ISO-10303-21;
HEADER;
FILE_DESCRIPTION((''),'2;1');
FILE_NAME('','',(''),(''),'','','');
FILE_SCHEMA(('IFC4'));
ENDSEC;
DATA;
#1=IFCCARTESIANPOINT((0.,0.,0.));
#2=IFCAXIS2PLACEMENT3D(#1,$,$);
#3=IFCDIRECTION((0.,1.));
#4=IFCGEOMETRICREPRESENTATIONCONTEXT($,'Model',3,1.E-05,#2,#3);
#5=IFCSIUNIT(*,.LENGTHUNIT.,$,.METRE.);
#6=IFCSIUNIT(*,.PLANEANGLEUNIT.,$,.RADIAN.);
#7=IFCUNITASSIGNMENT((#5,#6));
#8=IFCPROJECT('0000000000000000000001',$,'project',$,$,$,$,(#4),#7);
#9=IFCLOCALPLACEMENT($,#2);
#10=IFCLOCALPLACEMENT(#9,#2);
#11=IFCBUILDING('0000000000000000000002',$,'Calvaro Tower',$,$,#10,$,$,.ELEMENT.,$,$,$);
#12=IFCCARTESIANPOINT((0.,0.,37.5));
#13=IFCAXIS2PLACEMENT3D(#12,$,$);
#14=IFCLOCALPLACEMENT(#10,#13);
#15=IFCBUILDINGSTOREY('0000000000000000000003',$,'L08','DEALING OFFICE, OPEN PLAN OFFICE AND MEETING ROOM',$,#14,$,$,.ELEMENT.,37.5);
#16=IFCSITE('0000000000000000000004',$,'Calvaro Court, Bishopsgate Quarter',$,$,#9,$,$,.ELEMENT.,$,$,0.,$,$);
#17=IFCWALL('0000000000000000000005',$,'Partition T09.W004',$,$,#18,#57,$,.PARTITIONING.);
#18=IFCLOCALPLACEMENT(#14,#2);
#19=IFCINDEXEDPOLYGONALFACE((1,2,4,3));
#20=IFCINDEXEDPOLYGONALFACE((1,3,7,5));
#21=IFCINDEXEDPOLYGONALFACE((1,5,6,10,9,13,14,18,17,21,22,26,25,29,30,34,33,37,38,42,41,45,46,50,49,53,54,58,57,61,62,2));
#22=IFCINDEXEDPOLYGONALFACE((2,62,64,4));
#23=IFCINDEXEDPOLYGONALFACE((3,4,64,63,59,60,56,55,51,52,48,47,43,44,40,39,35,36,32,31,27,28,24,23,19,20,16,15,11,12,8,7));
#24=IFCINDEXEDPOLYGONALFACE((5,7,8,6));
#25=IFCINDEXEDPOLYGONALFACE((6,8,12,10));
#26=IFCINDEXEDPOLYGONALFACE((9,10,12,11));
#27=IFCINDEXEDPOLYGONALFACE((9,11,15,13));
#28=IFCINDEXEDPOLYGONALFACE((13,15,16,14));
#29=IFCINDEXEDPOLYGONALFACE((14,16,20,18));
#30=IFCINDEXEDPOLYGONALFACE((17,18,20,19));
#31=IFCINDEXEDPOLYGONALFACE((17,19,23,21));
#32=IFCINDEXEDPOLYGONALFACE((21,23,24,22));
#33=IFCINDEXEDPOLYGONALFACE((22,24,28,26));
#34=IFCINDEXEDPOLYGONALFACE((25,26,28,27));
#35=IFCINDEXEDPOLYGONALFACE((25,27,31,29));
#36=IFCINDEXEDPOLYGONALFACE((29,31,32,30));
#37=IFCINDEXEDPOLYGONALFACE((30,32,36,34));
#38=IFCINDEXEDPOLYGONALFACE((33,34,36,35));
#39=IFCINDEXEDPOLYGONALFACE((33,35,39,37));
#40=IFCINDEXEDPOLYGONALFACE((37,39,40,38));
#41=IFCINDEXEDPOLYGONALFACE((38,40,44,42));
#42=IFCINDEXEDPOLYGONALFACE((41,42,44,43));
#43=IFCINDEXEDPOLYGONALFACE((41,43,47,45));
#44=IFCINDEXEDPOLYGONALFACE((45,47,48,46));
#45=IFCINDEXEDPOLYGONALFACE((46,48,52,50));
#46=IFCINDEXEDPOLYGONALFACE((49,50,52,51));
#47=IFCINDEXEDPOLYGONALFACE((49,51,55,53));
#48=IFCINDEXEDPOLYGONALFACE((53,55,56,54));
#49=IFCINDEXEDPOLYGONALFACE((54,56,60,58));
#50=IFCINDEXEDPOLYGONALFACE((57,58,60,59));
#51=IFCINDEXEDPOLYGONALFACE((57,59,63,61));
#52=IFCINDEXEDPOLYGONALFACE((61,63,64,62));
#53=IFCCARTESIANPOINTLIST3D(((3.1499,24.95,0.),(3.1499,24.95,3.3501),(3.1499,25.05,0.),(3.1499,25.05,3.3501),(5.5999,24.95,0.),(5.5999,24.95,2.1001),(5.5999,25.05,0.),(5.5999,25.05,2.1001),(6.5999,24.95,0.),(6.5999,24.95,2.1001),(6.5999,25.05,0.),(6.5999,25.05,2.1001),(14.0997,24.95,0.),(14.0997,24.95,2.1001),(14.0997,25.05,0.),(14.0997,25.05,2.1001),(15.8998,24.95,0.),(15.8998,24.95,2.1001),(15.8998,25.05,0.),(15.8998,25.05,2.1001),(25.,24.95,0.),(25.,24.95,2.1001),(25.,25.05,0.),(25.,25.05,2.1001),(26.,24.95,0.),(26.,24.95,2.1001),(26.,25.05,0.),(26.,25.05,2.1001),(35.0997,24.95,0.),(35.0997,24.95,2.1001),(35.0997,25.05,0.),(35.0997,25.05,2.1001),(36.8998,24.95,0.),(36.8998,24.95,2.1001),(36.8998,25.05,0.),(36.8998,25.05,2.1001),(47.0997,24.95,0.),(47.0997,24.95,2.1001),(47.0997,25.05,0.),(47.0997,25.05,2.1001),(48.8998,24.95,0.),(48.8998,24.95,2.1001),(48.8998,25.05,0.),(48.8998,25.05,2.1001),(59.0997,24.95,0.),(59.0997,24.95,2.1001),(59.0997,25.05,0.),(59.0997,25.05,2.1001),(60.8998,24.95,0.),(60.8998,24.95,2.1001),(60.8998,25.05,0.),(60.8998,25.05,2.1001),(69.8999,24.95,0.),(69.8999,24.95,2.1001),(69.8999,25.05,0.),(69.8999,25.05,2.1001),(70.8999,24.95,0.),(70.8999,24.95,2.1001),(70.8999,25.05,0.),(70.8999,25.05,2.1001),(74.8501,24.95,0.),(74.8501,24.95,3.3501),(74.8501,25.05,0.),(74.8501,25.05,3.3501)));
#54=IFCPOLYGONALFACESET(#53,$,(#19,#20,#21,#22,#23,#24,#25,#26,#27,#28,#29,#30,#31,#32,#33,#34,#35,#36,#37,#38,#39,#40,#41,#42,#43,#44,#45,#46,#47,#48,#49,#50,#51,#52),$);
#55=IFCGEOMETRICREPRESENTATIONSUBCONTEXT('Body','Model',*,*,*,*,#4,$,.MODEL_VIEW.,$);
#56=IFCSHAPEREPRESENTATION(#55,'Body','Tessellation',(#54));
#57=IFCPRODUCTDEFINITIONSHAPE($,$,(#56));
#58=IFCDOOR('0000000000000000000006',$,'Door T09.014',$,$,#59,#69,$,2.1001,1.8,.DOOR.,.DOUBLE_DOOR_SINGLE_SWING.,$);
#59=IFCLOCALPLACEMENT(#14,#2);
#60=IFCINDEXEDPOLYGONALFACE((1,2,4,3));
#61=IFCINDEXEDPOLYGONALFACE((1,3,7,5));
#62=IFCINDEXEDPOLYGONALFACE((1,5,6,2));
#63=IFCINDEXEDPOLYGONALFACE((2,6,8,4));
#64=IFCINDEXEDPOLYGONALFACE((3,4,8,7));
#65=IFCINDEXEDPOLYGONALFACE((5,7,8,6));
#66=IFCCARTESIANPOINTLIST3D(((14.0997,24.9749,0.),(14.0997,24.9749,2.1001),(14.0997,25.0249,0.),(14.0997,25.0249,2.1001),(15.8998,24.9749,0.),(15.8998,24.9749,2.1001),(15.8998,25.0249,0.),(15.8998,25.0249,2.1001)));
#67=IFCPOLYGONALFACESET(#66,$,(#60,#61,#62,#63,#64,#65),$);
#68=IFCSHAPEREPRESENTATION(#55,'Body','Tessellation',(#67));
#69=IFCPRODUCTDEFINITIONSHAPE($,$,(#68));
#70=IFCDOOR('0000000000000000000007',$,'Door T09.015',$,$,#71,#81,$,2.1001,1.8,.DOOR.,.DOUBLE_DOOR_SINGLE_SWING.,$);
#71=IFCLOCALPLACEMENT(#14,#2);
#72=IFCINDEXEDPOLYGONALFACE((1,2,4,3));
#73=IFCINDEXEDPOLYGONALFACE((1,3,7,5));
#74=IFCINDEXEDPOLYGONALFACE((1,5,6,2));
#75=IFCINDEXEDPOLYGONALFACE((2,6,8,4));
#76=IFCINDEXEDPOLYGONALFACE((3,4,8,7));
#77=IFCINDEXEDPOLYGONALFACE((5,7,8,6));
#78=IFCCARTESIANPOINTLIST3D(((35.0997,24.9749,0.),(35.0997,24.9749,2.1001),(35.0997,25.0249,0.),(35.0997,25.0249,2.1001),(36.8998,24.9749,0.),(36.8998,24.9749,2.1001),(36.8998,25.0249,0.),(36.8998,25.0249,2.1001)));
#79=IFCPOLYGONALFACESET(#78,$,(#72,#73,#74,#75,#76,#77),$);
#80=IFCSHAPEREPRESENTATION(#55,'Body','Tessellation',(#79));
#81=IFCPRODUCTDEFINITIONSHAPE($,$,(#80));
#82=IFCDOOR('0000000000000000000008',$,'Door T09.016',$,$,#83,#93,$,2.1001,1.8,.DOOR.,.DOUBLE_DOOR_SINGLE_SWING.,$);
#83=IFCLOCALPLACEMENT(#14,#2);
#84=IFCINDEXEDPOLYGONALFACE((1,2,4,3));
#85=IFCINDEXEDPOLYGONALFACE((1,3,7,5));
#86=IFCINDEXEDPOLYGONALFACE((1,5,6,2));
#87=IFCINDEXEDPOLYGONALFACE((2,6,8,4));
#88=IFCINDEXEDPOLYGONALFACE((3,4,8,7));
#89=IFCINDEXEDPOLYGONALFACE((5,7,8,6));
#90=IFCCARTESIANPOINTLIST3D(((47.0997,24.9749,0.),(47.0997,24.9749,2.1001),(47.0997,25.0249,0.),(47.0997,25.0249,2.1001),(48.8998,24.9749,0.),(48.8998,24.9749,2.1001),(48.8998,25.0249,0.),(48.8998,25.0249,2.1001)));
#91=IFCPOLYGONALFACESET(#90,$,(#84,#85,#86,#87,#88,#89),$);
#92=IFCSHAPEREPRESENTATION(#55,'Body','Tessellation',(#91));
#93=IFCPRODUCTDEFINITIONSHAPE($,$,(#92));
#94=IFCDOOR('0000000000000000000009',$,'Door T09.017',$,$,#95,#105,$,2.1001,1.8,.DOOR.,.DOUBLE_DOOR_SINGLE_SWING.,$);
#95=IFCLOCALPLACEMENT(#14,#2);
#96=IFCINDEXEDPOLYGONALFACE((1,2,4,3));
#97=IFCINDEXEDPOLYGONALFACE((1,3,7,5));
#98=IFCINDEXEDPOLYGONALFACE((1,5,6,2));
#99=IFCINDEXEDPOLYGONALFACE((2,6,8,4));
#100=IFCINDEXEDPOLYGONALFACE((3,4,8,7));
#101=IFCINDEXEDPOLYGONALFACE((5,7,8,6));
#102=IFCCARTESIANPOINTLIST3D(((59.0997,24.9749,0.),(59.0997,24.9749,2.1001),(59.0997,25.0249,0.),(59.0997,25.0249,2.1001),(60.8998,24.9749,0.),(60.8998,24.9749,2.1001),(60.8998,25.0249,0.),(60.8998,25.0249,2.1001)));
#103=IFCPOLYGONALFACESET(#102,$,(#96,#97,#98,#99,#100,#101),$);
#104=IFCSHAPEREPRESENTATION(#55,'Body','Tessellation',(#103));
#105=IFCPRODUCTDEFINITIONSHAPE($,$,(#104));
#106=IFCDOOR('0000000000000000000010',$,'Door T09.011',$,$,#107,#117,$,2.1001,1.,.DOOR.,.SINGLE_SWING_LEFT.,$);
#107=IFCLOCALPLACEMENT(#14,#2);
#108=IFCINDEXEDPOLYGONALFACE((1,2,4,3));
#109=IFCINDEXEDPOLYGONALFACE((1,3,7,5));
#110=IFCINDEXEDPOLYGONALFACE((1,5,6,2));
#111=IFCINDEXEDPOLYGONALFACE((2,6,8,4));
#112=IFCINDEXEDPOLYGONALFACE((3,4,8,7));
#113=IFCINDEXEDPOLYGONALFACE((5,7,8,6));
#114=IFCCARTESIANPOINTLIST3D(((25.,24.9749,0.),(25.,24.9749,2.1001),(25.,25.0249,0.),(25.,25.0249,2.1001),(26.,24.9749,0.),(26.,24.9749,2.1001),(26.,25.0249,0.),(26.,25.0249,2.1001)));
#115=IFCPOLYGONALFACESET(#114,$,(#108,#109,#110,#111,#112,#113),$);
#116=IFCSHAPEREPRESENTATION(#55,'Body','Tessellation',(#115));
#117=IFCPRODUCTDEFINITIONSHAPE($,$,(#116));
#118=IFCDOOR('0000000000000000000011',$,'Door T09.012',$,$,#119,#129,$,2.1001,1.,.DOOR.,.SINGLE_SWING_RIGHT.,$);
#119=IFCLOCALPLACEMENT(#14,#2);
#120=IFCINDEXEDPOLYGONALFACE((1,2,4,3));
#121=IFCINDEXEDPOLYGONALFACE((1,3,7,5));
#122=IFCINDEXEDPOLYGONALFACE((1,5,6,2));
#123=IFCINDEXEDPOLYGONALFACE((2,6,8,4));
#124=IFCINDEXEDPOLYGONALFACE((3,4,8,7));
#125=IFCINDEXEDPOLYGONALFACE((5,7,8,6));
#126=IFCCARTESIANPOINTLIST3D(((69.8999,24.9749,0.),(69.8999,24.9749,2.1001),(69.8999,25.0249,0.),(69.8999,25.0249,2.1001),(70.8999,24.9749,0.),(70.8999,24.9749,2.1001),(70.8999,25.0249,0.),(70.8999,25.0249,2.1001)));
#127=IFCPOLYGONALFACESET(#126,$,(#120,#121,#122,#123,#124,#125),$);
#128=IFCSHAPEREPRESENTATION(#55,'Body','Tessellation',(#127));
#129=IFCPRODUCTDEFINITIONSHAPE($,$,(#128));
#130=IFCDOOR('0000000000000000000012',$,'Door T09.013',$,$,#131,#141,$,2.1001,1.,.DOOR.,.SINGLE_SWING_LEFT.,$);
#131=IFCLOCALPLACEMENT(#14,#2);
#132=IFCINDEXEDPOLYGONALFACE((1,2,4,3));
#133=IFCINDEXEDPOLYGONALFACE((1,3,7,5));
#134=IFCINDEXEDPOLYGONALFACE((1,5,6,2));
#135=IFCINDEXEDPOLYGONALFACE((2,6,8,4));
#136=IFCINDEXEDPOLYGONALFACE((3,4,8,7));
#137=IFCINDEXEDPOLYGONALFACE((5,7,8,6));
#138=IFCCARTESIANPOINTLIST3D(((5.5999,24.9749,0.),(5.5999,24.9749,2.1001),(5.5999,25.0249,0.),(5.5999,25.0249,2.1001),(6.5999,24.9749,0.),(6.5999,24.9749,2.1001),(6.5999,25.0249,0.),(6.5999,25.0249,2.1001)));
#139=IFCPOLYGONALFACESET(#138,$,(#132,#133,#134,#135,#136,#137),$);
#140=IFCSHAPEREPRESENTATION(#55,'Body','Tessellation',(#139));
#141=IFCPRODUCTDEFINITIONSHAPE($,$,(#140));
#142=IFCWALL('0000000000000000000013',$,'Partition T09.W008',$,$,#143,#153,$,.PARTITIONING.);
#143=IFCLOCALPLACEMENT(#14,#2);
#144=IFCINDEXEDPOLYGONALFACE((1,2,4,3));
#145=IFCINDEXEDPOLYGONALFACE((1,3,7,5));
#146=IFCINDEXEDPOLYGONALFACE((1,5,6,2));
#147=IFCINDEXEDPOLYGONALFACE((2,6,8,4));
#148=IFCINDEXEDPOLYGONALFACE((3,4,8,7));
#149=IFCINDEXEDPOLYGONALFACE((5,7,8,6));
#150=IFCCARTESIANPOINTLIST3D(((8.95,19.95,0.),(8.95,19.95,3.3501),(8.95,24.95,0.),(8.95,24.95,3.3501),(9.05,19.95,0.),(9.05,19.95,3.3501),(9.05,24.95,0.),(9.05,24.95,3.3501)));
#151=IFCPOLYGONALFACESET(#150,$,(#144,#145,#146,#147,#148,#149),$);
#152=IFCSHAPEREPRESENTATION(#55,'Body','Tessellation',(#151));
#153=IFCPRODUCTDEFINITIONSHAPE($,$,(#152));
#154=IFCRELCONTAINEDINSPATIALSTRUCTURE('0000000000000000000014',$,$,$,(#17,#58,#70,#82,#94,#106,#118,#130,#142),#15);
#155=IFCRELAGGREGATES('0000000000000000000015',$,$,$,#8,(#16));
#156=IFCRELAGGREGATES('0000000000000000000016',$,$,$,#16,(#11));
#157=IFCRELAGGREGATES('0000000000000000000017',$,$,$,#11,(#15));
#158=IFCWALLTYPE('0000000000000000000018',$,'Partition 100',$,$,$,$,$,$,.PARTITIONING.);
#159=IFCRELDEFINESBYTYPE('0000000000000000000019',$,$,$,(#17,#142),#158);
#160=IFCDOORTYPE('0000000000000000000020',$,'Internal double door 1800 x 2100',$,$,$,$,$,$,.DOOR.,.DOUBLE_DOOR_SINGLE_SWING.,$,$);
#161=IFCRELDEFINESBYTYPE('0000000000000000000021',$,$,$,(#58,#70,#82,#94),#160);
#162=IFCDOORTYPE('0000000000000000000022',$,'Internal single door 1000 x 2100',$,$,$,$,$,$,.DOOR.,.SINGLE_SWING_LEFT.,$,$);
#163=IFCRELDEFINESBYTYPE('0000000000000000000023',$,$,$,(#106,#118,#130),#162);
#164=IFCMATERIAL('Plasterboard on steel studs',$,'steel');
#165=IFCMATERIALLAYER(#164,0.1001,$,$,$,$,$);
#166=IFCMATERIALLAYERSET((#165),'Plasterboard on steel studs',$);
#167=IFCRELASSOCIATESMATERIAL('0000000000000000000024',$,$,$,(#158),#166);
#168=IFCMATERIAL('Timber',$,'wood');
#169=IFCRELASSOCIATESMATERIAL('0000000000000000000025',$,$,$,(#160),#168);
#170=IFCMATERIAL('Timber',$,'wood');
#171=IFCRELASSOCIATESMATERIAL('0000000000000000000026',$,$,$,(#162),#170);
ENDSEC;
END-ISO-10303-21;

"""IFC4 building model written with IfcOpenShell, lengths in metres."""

from ifc_helpers import new_model, si_unit, direction, frame, frame_2d, origin, place, context, subcontext, project, spatial, rectangle, extrude, material, layer, layer_set, type_object, element, fill, save


model = new_model("IFC4")

# Units and contexts
model_context = context("Model", 3, precision=1e-05, world=origin(), true_north=direction((0.0, 1.0)))
body_context = subcontext(model_context, "Body", "Model", "MODEL_VIEW")
ifc_project = project(units=[si_unit("LENGTHUNIT", "METRE"), si_unit("PLANEANGLEUNIT", "RADIAN")], contexts=[model_context])

# Site, building, storey
site_placement = place(None, origin())
site = spatial("IfcSite", under=ifc_project, at=site_placement, Name="Calvaro Court, Bishopsgate Quarter", CompositionType="ELEMENT", RefElevation=0.0)
building_placement = place(site_placement, origin())
building = spatial("IfcBuilding", under=site, at=building_placement, Name="Calvaro Tower", CompositionType="ELEMENT")
storey_placement = place(building_placement, frame((0.0, 0.0, 37.5)))
storey = spatial("IfcBuildingStorey", under=building, at=storey_placement, Name="L08", Description="DEALING OFFICE, OPEN PLAN OFFICE AND MEETING ROOM", CompositionType="ELEMENT", Elevation=37.5)

# Wall, openings, doors
ifc_material_1 = material(Name="Plasterboard on steel studs", Category="steel")
ifc_layer = layer(ifc_material_1, 0.1001)
ifc_layer_set = layer_set([ifc_layer], Name="Plasterboard on steel studs")
wall_type = type_object("IfcWallType", Name="Partition 100", PredefinedType="PARTITIONING", material=ifc_layer_set)
wall_1_placement = place(storey_placement, frame((3.1499, 25.0, 0.0), z_axis=(0.0, 0.0, 1.0), x_axis=(1.0, 0.0, 0.0)))
wall_1 = element("IfcWall", 1, at=wall_1_placement, inside=storey, type_object=wall_type, Name="Partition T09.W004", PredefinedType="PARTITIONING", context=body_context, shape_type="SweptSolid", body=[
    extrude(rectangle(XDim=71.7002, YDim=0.1001, at=frame_2d((35.8501, 0.0))), origin(), (0.0, 0.0, 1.0), 3.3501),
])
opening_1_placement = place(wall_1_placement, frame((21.8501, 0.0, 0.0)))
opening_1 = element("IfcOpeningElement", 2, at=opening_1_placement, cuts=wall_1, PredefinedType="OPENING", context=body_context, shape_type="SweptSolid", body=[
    extrude(rectangle(XDim=1.0, YDim=2.1001, at=frame_2d((0.5, 1.05))), frame((0.0, 0.0601, 0.0), z_axis=(0.0, -1.0, 0.0), x_axis=(1.0, 0.0, 0.0)), (0.0, 0.0, 1.0), 0.1201),
])
opening_2_placement = place(wall_1_placement, frame((66.75, 0.0, 0.0)))
opening_2 = element("IfcOpeningElement", 3, at=opening_2_placement, cuts=wall_1, PredefinedType="OPENING", context=body_context, shape_type="SweptSolid", body=[
    extrude(rectangle(XDim=1.0, YDim=2.1001, at=frame_2d((0.5, 1.05))), frame((0.0, 0.0601, 0.0), z_axis=(0.0, -1.0, 0.0), x_axis=(1.0, 0.0, 0.0)), (0.0, 0.0, 1.0), 0.1201),
])
opening_3_placement = place(wall_1_placement, frame((2.45, 0.0, 0.0)))
opening_3 = element("IfcOpeningElement", 4, at=opening_3_placement, cuts=wall_1, PredefinedType="OPENING", context=body_context, shape_type="SweptSolid", body=[
    extrude(rectangle(XDim=1.0, YDim=2.1001, at=frame_2d((0.5, 1.05))), frame((0.0, 0.0601, 0.0), z_axis=(0.0, -1.0, 0.0), x_axis=(1.0, 0.0, 0.0)), (0.0, 0.0, 1.0), 0.1201),
])
opening_4_placement = place(wall_1_placement, frame((10.95, 0.0, 0.0)))
opening_4 = element("IfcOpeningElement", 5, at=opening_4_placement, cuts=wall_1, PredefinedType="OPENING", context=body_context, shape_type="SweptSolid", body=[
    extrude(rectangle(XDim=1.8, YDim=2.1001, at=frame_2d((0.8999, 1.05))), frame((0.0, 0.0601, 0.0), z_axis=(0.0, -1.0, 0.0), x_axis=(1.0, 0.0, 0.0)), (0.0, 0.0, 1.0), 0.1201),
])
opening_5_placement = place(wall_1_placement, frame((31.95, 0.0, 0.0)))
opening_5 = element("IfcOpeningElement", 6, at=opening_5_placement, cuts=wall_1, PredefinedType="OPENING", context=body_context, shape_type="SweptSolid", body=[
    extrude(rectangle(XDim=1.8, YDim=2.1001, at=frame_2d((0.8999, 1.05))), frame((0.0, 0.0601, 0.0), z_axis=(0.0, -1.0, 0.0), x_axis=(1.0, 0.0, 0.0)), (0.0, 0.0, 1.0), 0.1201),
])
opening_6_placement = place(wall_1_placement, frame((43.95, 0.0, 0.0)))
opening_6 = element("IfcOpeningElement", 7, at=opening_6_placement, cuts=wall_1, PredefinedType="OPENING", context=body_context, shape_type="SweptSolid", body=[
    extrude(rectangle(XDim=1.8, YDim=2.1001, at=frame_2d((0.8999, 1.05))), frame((0.0, 0.0601, 0.0), z_axis=(0.0, -1.0, 0.0), x_axis=(1.0, 0.0, 0.0)), (0.0, 0.0, 1.0), 0.1201),
])
opening_7_placement = place(wall_1_placement, frame((55.95, 0.0, 0.0)))
opening_7 = element("IfcOpeningElement", 8, at=opening_7_placement, cuts=wall_1, PredefinedType="OPENING", context=body_context, shape_type="SweptSolid", body=[
    extrude(rectangle(XDim=1.8, YDim=2.1001, at=frame_2d((0.8999, 1.05))), frame((0.0, 0.0601, 0.0), z_axis=(0.0, -1.0, 0.0), x_axis=(1.0, 0.0, 0.0)), (0.0, 0.0, 1.0), 0.1201),
])
ifc_material_2 = material(Name="Timber", Category="wood")
door_type_1 = type_object("IfcDoorType", Name="Internal double door 1800 x 2100", OperationType="DOUBLE_DOOR_SINGLE_SWING", PredefinedType="DOOR", material=ifc_material_2)
door_1_placement = place(opening_4_placement, origin())
door_1 = element("IfcDoor", 9, at=door_1_placement, inside=storey, type_object=door_type_1, Name="Door T09.014", OperationType="DOUBLE_DOOR_SINGLE_SWING", OverallHeight=2.1001, OverallWidth=1.8, PredefinedType="DOOR", context=body_context, shape_type="SweptSolid", body=[
    extrude(rectangle(XDim=1.8, YDim=2.1001, at=frame_2d((0.8999, 1.05))), frame((0.0, 0.0249, 0.0), z_axis=(0.0, -1.0, 0.0), x_axis=(1.0, 0.0, 0.0)), (0.0, 0.0, 1.0), 0.05),
])
fill(opening_4, door_1)
door_2_placement = place(opening_5_placement, origin())
door_2 = element("IfcDoor", 10, at=door_2_placement, inside=storey, type_object=door_type_1, Name="Door T09.015", OperationType="DOUBLE_DOOR_SINGLE_SWING", OverallHeight=2.1001, OverallWidth=1.8, PredefinedType="DOOR", context=body_context, shape_type="SweptSolid", body=[
    extrude(rectangle(XDim=1.8, YDim=2.1001, at=frame_2d((0.8999, 1.05))), frame((0.0, 0.0249, 0.0), z_axis=(0.0, -1.0, 0.0), x_axis=(1.0, 0.0, 0.0)), (0.0, 0.0, 1.0), 0.05),
])
fill(opening_5, door_2)
door_3_placement = place(opening_6_placement, origin())
door_3 = element("IfcDoor", 11, at=door_3_placement, inside=storey, type_object=door_type_1, Name="Door T09.016", OperationType="DOUBLE_DOOR_SINGLE_SWING", OverallHeight=2.1001, OverallWidth=1.8, PredefinedType="DOOR", context=body_context, shape_type="SweptSolid", body=[
    extrude(rectangle(XDim=1.8, YDim=2.1001, at=frame_2d((0.8999, 1.05))), frame((0.0, 0.0249, 0.0), z_axis=(0.0, -1.0, 0.0), x_axis=(1.0, 0.0, 0.0)), (0.0, 0.0, 1.0), 0.05),
])
fill(opening_6, door_3)
door_4_placement = place(opening_7_placement, origin())
door_4 = element("IfcDoor", 12, at=door_4_placement, inside=storey, type_object=door_type_1, Name="Door T09.017", OperationType="DOUBLE_DOOR_SINGLE_SWING", OverallHeight=2.1001, OverallWidth=1.8, PredefinedType="DOOR", context=body_context, shape_type="SweptSolid", body=[
    extrude(rectangle(XDim=1.8, YDim=2.1001, at=frame_2d((0.8999, 1.05))), frame((0.0, 0.0249, 0.0), z_axis=(0.0, -1.0, 0.0), x_axis=(1.0, 0.0, 0.0)), (0.0, 0.0, 1.0), 0.05),
])
fill(opening_7, door_4)
ifc_material_3 = material(Name="Timber", Category="wood")
door_type_2 = type_object("IfcDoorType", Name="Internal single door 1000 x 2100", OperationType="SINGLE_SWING_LEFT", PredefinedType="DOOR", material=ifc_material_3)
door_5_placement = place(opening_1_placement, origin())
door_5 = element("IfcDoor", 13, at=door_5_placement, inside=storey, type_object=door_type_2, Name="Door T09.011", OperationType="SINGLE_SWING_LEFT", OverallHeight=2.1001, OverallWidth=1.0, PredefinedType="DOOR", context=body_context, shape_type="SweptSolid", body=[
    extrude(rectangle(XDim=1.0, YDim=2.1001, at=frame_2d((0.5, 1.05))), frame((0.0, 0.0249, 0.0), z_axis=(0.0, -1.0, 0.0), x_axis=(1.0, 0.0, 0.0)), (0.0, 0.0, 1.0), 0.05),
])
fill(opening_1, door_5)
door_6_placement = place(opening_2_placement, origin())
door_6 = element("IfcDoor", 14, at=door_6_placement, inside=storey, type_object=door_type_2, Name="Door T09.012", OperationType="SINGLE_SWING_RIGHT", OverallHeight=2.1001, OverallWidth=1.0, PredefinedType="DOOR", context=body_context, shape_type="SweptSolid", body=[
    extrude(rectangle(XDim=1.0, YDim=2.1001, at=frame_2d((0.5, 1.05))), frame((0.0, 0.0249, 0.0), z_axis=(0.0, -1.0, 0.0), x_axis=(1.0, 0.0, 0.0)), (0.0, 0.0, 1.0), 0.05),
])
fill(opening_2, door_6)
door_7_placement = place(opening_3_placement, origin())
door_7 = element("IfcDoor", 15, at=door_7_placement, inside=storey, type_object=door_type_2, Name="Door T09.013", OperationType="SINGLE_SWING_LEFT", OverallHeight=2.1001, OverallWidth=1.0, PredefinedType="DOOR", context=body_context, shape_type="SweptSolid", body=[
    extrude(rectangle(XDim=1.0, YDim=2.1001, at=frame_2d((0.5, 1.05))), frame((0.0, 0.0249, 0.0), z_axis=(0.0, -1.0, 0.0), x_axis=(1.0, 0.0, 0.0)), (0.0, 0.0, 1.0), 0.05),
])
fill(opening_3, door_7)

# Wall
wall_2_placement = place(storey_placement, frame((9.0, 19.95, 0.0), z_axis=(0.0, 0.0, 1.0), x_axis=(0.0, 1.0, 0.0)))
element("IfcWall", 16, at=wall_2_placement, inside=storey, type_object=wall_type, Name="Partition T09.W008", PredefinedType="PARTITIONING", context=body_context, shape_type="SweptSolid", body=[
    extrude(rectangle(XDim=5.0, YDim=0.1001, at=frame_2d((2.5, 0.0))), origin(), (0.0, 0.0, 1.0), 3.3501),
])

save(model, "model.ifc")
